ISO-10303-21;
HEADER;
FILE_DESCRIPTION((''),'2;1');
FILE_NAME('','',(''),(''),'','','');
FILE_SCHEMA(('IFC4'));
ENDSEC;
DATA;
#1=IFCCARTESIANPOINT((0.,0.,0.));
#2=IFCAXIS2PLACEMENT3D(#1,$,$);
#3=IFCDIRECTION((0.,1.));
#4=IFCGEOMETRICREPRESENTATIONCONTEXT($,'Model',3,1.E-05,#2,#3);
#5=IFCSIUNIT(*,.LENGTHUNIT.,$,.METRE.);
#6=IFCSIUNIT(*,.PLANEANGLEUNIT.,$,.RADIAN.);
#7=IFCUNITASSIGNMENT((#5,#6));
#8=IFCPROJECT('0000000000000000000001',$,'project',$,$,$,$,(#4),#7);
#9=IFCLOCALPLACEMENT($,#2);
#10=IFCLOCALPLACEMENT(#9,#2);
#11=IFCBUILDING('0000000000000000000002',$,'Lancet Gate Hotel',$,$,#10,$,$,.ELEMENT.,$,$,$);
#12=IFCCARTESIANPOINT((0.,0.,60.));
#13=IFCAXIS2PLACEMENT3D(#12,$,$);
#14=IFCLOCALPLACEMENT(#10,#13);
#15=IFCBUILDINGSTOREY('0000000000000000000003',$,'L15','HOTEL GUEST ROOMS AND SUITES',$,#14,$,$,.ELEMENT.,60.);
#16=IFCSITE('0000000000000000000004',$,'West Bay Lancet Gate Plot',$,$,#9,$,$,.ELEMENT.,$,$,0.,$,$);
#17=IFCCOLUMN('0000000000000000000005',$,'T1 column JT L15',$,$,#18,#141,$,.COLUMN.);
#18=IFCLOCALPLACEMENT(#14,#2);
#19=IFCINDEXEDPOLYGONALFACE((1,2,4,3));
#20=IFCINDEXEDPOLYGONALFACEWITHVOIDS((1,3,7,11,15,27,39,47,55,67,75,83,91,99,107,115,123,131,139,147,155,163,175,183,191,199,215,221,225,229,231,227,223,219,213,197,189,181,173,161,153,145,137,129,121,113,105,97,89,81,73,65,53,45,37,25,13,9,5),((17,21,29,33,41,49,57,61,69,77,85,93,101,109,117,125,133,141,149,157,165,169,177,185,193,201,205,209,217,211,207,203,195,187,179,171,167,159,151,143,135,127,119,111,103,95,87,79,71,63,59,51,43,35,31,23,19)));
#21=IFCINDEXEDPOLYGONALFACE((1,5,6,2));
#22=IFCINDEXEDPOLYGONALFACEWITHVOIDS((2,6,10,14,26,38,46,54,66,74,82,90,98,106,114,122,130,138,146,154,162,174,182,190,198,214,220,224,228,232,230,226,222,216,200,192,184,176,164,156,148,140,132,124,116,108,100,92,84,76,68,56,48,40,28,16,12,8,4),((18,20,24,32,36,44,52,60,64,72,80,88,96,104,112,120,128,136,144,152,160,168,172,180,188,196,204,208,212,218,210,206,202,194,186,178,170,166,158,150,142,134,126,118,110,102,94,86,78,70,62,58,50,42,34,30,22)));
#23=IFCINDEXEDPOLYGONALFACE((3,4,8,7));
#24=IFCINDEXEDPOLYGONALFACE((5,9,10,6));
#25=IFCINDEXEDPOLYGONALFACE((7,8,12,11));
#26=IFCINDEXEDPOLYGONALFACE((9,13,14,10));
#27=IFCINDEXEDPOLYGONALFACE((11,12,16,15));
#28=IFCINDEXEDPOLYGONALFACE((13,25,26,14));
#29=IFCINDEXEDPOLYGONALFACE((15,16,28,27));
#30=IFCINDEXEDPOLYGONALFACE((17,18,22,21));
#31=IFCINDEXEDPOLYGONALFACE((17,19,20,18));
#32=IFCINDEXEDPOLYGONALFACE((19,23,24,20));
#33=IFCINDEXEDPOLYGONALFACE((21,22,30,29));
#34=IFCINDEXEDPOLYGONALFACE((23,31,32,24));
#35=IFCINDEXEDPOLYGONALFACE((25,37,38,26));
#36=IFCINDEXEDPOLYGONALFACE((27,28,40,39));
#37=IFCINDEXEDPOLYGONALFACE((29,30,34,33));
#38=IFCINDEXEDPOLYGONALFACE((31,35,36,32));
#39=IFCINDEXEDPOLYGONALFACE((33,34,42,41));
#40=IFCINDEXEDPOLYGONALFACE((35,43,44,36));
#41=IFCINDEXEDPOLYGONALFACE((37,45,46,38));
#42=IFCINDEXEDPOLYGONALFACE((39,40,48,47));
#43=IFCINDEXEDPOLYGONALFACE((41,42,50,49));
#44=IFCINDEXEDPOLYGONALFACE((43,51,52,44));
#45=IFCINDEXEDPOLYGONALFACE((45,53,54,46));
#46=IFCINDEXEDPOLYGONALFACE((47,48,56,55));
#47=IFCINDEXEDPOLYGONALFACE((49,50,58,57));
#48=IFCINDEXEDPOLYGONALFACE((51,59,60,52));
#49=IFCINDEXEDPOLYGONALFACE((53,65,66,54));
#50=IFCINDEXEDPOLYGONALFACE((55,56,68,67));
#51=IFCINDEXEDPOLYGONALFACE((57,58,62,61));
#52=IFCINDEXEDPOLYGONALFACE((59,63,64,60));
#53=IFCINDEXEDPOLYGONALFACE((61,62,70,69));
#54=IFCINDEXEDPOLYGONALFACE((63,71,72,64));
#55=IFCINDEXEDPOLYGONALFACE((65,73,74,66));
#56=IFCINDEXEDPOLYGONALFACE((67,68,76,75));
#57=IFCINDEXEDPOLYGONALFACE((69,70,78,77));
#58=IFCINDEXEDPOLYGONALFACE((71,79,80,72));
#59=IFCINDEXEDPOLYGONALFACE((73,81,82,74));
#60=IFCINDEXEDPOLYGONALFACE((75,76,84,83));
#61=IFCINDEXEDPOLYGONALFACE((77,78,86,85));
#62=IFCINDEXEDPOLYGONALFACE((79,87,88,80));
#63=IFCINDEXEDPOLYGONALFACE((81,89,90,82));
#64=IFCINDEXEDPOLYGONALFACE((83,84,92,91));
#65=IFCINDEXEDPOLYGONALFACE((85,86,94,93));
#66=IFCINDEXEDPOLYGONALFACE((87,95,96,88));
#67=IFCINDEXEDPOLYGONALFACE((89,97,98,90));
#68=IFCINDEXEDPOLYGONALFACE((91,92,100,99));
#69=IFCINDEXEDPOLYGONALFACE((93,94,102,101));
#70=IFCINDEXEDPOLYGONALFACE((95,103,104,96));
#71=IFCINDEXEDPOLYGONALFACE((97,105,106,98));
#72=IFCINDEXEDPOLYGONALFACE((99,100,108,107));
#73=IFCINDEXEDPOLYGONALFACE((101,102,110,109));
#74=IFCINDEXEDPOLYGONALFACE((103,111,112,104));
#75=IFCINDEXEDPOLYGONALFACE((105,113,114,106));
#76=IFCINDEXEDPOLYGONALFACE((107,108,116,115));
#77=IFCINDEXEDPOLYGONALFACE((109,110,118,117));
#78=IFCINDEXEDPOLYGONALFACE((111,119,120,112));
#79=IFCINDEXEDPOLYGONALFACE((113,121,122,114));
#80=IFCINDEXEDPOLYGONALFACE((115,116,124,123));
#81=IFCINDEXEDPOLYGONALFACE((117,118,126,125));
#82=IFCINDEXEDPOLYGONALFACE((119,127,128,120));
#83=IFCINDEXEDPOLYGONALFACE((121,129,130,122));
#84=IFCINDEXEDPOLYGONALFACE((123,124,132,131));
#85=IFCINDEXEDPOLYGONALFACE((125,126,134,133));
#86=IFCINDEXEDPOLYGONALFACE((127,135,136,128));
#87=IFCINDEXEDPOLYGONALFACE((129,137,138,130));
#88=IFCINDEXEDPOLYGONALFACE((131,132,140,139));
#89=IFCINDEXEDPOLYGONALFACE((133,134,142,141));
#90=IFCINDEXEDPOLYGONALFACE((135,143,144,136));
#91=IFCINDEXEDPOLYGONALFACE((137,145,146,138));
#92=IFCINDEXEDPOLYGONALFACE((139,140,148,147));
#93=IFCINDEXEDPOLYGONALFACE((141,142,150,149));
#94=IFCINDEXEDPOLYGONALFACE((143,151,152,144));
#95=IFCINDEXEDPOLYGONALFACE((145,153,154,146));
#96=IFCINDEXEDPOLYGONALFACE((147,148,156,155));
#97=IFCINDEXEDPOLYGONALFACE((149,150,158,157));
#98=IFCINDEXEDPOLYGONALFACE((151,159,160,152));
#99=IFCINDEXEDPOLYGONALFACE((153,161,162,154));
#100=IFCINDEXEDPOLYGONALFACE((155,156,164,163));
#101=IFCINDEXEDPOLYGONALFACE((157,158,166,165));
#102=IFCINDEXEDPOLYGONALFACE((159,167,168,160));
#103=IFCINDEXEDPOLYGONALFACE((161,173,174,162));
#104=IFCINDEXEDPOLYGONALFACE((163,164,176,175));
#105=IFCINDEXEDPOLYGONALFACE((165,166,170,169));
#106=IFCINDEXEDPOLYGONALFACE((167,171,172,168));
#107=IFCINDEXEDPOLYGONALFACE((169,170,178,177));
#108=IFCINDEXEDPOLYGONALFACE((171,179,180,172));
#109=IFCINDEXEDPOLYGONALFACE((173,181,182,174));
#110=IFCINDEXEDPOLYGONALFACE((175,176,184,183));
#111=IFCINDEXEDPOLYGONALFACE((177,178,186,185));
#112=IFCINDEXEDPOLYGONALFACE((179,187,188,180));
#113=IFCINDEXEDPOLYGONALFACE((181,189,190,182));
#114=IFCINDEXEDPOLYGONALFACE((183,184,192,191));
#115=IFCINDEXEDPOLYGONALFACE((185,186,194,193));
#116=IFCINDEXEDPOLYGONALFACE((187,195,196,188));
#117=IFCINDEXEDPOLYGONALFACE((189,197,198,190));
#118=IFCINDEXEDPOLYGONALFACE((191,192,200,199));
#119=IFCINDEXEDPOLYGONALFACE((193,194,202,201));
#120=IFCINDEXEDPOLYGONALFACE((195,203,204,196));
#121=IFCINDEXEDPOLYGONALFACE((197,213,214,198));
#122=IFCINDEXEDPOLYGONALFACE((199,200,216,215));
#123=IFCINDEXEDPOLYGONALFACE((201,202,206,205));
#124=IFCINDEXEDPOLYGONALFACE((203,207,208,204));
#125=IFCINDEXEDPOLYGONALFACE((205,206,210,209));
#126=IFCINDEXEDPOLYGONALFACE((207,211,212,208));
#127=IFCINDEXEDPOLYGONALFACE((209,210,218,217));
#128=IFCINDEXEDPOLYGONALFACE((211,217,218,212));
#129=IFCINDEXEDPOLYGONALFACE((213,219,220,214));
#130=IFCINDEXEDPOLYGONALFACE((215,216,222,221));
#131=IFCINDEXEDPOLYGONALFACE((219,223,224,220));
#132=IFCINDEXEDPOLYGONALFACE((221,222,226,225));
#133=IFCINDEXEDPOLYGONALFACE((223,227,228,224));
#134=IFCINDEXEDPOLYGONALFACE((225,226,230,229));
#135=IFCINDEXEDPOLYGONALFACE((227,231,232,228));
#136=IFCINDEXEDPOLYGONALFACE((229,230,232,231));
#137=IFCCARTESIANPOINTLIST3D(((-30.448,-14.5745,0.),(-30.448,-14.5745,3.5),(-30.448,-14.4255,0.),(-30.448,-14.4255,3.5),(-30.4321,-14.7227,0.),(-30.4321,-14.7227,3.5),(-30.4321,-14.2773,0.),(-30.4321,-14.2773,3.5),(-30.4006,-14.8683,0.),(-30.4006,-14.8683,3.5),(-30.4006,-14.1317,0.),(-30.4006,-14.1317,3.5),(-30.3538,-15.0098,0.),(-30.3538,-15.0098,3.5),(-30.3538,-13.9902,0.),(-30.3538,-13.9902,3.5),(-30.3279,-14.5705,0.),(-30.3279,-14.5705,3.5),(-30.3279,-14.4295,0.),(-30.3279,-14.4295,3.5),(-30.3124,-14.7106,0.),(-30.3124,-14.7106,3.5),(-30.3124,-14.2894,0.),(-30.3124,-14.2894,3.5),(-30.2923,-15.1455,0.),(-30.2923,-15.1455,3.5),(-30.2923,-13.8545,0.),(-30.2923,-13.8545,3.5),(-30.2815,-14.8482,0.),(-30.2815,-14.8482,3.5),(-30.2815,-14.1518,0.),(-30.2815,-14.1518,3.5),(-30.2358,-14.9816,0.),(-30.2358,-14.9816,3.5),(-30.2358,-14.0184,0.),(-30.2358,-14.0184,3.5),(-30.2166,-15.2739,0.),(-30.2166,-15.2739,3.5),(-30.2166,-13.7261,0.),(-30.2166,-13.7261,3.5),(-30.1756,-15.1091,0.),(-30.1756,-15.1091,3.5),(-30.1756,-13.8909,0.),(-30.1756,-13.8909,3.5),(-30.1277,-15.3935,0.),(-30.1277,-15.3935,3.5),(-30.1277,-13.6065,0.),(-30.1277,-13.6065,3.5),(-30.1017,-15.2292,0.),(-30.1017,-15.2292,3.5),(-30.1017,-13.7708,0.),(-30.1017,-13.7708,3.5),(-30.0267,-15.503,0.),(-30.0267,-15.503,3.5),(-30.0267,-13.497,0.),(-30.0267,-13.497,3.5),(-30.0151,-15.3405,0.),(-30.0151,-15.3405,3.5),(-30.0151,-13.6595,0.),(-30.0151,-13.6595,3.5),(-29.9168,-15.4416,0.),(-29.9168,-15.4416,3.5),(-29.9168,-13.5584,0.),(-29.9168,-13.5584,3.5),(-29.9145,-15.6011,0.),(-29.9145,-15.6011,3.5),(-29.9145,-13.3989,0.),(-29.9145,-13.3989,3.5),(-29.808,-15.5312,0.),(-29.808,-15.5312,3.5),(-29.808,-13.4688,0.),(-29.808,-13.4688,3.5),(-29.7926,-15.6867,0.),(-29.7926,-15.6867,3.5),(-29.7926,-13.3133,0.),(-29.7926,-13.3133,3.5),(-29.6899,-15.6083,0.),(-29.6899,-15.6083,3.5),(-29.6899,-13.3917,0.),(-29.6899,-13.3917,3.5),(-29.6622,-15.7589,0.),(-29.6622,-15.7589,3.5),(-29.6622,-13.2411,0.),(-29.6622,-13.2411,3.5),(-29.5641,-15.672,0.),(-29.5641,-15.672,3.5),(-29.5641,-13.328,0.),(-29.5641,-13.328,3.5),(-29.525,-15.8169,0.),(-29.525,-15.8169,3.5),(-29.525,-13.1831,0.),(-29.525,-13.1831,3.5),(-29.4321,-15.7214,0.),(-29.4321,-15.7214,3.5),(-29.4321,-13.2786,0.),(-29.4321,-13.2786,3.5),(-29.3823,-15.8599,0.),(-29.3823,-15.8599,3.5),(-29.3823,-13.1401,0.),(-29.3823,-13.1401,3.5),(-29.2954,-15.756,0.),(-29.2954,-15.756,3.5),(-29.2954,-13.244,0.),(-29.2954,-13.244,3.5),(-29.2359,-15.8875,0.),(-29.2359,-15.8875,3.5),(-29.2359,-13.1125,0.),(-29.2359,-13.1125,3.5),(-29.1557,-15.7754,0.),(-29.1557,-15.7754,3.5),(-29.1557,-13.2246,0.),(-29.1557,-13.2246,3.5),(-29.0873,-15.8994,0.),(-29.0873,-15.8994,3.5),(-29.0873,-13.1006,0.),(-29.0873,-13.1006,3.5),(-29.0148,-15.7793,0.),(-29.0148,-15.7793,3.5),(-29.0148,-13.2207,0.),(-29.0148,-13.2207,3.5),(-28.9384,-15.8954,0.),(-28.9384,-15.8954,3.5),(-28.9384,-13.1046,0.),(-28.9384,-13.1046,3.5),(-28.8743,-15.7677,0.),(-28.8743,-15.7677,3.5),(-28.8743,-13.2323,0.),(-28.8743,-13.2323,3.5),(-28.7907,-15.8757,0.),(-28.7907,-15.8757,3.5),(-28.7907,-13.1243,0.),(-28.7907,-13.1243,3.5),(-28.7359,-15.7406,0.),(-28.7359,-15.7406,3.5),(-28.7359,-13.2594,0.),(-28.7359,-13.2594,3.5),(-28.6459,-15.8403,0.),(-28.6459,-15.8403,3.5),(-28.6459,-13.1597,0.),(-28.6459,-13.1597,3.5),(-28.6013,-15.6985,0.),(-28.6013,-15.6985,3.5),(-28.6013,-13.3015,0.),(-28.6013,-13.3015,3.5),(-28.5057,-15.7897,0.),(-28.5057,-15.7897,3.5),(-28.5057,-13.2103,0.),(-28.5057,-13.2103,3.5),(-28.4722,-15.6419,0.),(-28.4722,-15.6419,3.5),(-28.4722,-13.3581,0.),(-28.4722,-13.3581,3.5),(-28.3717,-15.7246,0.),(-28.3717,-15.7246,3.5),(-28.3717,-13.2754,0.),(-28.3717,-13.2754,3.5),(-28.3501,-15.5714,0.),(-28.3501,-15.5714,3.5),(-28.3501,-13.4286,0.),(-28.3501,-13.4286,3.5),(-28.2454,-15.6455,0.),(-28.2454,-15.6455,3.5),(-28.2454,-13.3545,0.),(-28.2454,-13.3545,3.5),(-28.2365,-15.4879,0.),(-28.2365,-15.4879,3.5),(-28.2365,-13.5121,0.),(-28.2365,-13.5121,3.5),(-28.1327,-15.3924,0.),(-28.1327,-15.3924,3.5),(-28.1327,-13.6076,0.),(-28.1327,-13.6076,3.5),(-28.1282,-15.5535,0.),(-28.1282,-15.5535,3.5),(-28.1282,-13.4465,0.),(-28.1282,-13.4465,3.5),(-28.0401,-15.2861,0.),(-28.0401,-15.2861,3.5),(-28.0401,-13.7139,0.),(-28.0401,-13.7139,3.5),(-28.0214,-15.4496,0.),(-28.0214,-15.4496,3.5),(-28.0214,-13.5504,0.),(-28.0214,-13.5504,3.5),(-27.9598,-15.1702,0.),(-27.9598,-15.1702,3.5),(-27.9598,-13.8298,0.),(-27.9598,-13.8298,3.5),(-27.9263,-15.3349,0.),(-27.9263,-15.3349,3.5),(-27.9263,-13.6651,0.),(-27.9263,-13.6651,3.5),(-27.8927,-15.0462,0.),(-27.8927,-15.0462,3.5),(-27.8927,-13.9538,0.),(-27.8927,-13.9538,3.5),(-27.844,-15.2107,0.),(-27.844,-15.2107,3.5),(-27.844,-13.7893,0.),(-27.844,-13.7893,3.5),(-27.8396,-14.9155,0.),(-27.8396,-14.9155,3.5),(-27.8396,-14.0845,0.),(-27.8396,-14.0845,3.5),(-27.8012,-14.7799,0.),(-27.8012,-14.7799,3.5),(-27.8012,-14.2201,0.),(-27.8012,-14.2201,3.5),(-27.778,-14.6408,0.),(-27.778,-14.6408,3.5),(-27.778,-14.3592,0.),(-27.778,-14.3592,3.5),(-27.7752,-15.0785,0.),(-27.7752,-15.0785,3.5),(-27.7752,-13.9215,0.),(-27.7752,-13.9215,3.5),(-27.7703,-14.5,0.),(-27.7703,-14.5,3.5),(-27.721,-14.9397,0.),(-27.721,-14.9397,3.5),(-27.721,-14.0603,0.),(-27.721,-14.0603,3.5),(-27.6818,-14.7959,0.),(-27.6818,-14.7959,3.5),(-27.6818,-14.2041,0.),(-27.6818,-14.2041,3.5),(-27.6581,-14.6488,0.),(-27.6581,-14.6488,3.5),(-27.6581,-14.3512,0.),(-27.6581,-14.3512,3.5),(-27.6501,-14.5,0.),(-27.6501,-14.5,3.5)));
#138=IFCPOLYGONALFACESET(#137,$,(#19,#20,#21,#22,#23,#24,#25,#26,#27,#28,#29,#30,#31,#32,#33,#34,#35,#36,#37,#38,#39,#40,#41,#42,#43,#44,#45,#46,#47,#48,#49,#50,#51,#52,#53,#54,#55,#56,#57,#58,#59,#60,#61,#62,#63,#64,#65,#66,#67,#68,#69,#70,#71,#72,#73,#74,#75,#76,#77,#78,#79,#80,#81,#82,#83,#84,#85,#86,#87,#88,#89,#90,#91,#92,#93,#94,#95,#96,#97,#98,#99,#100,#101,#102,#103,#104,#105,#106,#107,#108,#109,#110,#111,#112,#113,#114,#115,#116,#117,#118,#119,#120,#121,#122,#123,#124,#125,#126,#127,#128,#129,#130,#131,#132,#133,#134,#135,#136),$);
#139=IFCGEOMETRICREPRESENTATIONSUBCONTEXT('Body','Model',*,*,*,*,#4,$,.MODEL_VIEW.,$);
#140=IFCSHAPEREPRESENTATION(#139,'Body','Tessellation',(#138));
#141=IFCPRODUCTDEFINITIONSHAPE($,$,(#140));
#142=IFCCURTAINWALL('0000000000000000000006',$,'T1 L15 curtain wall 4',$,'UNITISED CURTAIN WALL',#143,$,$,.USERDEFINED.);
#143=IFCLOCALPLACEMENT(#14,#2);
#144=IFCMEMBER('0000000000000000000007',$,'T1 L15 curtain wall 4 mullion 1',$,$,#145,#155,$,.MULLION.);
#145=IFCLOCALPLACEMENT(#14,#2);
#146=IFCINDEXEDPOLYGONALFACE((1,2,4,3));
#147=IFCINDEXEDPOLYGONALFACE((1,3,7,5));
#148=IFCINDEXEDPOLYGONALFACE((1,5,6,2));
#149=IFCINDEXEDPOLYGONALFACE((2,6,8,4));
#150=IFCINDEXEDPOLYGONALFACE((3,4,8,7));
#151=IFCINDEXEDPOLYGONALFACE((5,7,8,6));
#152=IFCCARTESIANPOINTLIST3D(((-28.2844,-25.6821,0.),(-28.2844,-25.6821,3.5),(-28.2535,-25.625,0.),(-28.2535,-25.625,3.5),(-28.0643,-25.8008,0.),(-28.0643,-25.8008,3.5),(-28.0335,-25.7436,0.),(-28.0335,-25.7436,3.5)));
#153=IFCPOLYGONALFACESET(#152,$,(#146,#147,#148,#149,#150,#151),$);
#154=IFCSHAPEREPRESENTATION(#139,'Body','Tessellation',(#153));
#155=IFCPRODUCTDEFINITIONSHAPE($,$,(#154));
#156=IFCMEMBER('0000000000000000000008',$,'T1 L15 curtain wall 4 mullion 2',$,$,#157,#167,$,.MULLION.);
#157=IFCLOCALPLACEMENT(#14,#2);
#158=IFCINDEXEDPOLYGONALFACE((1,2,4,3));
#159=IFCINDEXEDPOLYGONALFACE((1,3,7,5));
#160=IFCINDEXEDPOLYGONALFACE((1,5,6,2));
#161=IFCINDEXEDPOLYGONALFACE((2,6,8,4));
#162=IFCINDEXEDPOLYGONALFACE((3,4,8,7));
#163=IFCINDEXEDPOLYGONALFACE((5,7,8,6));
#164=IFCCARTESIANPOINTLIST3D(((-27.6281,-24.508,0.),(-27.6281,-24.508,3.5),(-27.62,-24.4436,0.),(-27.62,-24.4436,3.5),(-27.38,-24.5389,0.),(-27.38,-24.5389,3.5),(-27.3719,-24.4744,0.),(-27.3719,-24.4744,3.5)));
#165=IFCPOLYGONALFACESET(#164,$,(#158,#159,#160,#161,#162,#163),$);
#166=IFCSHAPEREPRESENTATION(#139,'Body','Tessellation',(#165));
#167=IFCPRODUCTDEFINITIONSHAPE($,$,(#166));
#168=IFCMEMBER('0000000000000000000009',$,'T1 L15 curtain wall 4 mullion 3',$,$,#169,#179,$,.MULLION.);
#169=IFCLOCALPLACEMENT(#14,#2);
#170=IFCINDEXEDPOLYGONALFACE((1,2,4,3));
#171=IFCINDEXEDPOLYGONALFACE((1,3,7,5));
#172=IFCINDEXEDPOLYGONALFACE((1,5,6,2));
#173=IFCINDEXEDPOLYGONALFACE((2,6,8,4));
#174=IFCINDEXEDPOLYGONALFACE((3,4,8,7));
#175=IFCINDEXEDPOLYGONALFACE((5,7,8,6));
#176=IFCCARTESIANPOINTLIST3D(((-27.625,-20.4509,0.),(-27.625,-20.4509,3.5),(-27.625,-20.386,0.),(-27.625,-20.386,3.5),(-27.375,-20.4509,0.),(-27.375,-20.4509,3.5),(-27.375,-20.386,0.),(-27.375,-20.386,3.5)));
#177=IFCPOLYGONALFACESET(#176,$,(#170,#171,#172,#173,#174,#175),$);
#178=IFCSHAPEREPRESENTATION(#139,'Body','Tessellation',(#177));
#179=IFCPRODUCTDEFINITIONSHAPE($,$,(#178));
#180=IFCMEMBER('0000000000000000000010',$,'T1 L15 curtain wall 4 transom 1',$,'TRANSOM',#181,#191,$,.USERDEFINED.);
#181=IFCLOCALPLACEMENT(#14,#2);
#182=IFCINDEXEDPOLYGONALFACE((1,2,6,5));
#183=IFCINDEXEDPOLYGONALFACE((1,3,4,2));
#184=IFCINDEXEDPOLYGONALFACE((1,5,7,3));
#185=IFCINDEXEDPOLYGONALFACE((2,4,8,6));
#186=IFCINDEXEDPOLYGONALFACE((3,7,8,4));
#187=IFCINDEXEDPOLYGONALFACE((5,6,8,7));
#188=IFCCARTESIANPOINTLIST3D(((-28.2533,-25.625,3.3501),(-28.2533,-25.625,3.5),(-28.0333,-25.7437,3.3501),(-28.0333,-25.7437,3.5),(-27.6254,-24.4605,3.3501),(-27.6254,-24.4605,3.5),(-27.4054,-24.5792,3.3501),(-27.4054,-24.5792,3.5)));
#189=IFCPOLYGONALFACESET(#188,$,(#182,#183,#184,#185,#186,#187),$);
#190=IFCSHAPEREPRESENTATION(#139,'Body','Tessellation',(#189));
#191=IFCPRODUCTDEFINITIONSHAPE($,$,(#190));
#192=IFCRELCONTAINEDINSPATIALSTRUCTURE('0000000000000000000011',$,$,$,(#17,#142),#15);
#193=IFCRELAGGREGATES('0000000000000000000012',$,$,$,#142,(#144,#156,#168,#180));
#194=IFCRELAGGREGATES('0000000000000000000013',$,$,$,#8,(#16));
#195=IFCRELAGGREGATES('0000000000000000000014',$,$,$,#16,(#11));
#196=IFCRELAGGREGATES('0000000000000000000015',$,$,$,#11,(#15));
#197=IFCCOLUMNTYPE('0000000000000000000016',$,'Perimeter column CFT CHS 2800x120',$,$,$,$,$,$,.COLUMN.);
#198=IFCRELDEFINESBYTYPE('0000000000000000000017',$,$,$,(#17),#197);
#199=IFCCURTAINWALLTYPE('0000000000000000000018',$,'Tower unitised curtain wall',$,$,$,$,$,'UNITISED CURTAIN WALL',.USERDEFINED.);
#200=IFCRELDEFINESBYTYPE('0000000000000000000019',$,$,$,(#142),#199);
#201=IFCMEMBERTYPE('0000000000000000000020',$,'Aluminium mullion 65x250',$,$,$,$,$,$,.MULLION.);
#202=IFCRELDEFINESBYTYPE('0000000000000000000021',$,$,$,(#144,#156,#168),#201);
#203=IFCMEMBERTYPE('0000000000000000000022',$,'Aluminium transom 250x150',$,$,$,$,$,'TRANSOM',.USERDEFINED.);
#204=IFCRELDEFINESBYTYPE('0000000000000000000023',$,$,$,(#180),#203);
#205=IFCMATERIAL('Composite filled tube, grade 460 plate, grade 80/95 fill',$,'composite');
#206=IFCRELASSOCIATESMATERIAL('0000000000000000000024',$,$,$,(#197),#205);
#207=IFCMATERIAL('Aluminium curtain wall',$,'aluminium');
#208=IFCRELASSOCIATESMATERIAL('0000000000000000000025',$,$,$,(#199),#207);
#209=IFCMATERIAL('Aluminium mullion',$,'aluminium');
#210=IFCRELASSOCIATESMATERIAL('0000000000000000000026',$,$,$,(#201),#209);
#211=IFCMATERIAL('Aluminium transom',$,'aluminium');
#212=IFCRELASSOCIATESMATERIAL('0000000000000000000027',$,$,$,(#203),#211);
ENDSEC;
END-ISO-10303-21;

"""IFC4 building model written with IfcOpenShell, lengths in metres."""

from ifc_helpers import new_model, si_unit, direction, frame, origin, origin_2d, place, context, subcontext, project, spatial, rectangle, hollow_circle, extrude, material, material_profile, profile_set, type_object, element, aggregate, save


model = new_model("IFC4")

# Units and contexts
model_context = context("Model", 3, precision=1e-05, world=origin(), true_north=direction((0.0, 1.0)))
body_context = subcontext(model_context, "Body", "Model", "MODEL_VIEW")
ifc_project = project(units=[si_unit("LENGTHUNIT", "METRE"), si_unit("PLANEANGLEUNIT", "RADIAN")], contexts=[model_context])

# Site, building, storey
site_placement = place(None, origin())
site = spatial("IfcSite", under=ifc_project, at=site_placement, Name="West Bay Lancet Gate Plot", CompositionType="ELEMENT", RefElevation=0.0)
building_placement = place(site_placement, origin())
building = spatial("IfcBuilding", under=site, at=building_placement, Name="Lancet Gate Hotel", CompositionType="ELEMENT")
storey_placement = place(building_placement, frame((0.0, 0.0, 60.0)))
storey = spatial("IfcBuildingStorey", under=building, at=storey_placement, Name="L15", Description="HOTEL GUEST ROOMS AND SUITES", CompositionType="ELEMENT", Elevation=60.0)

# Column
ifc_material_1 = material(Name="Composite filled tube, grade 460 plate, grade 80/95 fill", Category="composite")
ifc_material_profile_1 = material_profile(ifc_material_1, hollow_circle(Radius=1.3999, WallThickness=0.1201, at=origin_2d()), Name="CHS 2800x120")
ifc_profile_set_1 = profile_set([ifc_material_profile_1], Name="Composite filled tube, grade 460 plate, grade 80/95 fill")
column_type = type_object("IfcColumnType", Name="Perimeter column CFT CHS 2800x120", PredefinedType="COLUMN", material=ifc_profile_set_1)
for number, where, z_axis, x_axis, name in (
    (1, (-29.05, -14.5, 0.0), (0.0, 0.0, 1.0), (1.0, 0.0, 0.0), "T1 column JT L15"),
):
    element("IfcColumn", number, at=place(storey_placement, frame(where, z_axis=z_axis, x_axis=x_axis)), inside=storey, type_object=column_type, Name=name, PredefinedType="COLUMN", context=body_context, shape_type="SweptSolid", body=[
        extrude(hollow_circle(Radius=1.3999, WallThickness=0.1201, at=origin_2d()), origin(), (0.0, 0.0, 1.0), 3.5),
    ])

# Curtain wall, members
ifc_material_2 = material(Name="Aluminium curtain wall", Category="aluminium")
curtain_wall_type = type_object("IfcCurtainWallType", Name="Tower unitised curtain wall", ElementType="UNITISED CURTAIN WALL", PredefinedType="USERDEFINED", material=ifc_material_2)
curtain_wall_placement = place(storey_placement, origin())
curtain_wall = element("IfcCurtainWall", 2, at=curtain_wall_placement, inside=storey, type_object=curtain_wall_type, Name="T1 L15 curtain wall 4", ObjectType="UNITISED CURTAIN WALL", PredefinedType="USERDEFINED")
ifc_material_3 = material(Name="Aluminium mullion", Category="aluminium")
ifc_material_profile_2 = material_profile(ifc_material_3, rectangle(XDim=0.0649, YDim=0.25, at=origin_2d()), Name="MULLION 65x250")
ifc_profile_set_2 = profile_set([ifc_material_profile_2], Name="Aluminium mullion")
member_type_1 = type_object("IfcMemberType", Name="Aluminium mullion 65x250", PredefinedType="MULLION", material=ifc_profile_set_2)
member_1_placement = place(storey_placement, frame((-28.1589, -25.7129, 0.0), z_axis=(0.0, 0.0, 1.0), x_axis=(0.474631, 0.880185, 0.0)))
member_1 = element("IfcMember", 3, at=member_1_placement, type_object=member_type_1, Name="T1 L15 curtain wall 4 mullion 1", PredefinedType="MULLION", context=body_context, shape_type="SweptSolid", body=[
    extrude(rectangle(XDim=0.0649, YDim=0.25, at=origin_2d()), origin(), (0.0, 0.0, 1.0), 3.5),
])
member_2_placement = place(storey_placement, frame((-27.5, -24.4912, 0.0), z_axis=(0.0, 0.0, 1.0), x_axis=(0.123483, 0.992347, 0.0)))
member_2 = element("IfcMember", 4, at=member_2_placement, type_object=member_type_1, Name="T1 L15 curtain wall 4 mullion 2", PredefinedType="MULLION", context=body_context, shape_type="SweptSolid", body=[
    extrude(rectangle(XDim=0.0649, YDim=0.25, at=origin_2d()), origin(), (0.0, 0.0, 1.0), 3.5),
])
member_3_placement = place(storey_placement, frame((-27.5, -20.4185, 0.0), z_axis=(0.0, 0.0, 1.0), x_axis=(0.0, 1.0, 0.0)))
member_3 = element("IfcMember", 5, at=member_3_placement, type_object=member_type_1, Name="T1 L15 curtain wall 4 mullion 3", PredefinedType="MULLION", context=body_context, shape_type="SweptSolid", body=[
    extrude(rectangle(XDim=0.0649, YDim=0.25, at=origin_2d()), origin(), (0.0, 0.0, 1.0), 3.5),
])
ifc_material_4 = material(Name="Aluminium transom", Category="aluminium")
ifc_material_profile_3 = material_profile(ifc_material_4, rectangle(XDim=0.25, YDim=0.1499, at=origin_2d()), Name="TRANSOM 250x150")
ifc_profile_set_3 = profile_set([ifc_material_profile_3], Name="Aluminium transom")
member_type_2 = type_object("IfcMemberType", Name="Aluminium transom 250x150", ElementType="TRANSOM", PredefinedType="USERDEFINED", material=ifc_profile_set_3)
member_4_placement = place(storey_placement, frame((-28.1433, -25.6843, 3.425), z_axis=(0.474606, 0.880198, 0.0), x_axis=(-0.880198, 0.474606, 0.0)))
member_4 = element("IfcMember", 6, at=member_4_placement, type_object=member_type_2, Name="T1 L15 curtain wall 4 transom 1", ObjectType="TRANSOM", PredefinedType="USERDEFINED", context=body_context, shape_type="SweptSolid", body=[
    extrude(rectangle(XDim=0.25, YDim=0.1499, at=origin_2d()), origin(), (0.0, 0.0, 1.0), 1.323),
])

aggregate(curtain_wall, [member_1, member_2, member_3, member_4])

save(model, "model.ifc")
